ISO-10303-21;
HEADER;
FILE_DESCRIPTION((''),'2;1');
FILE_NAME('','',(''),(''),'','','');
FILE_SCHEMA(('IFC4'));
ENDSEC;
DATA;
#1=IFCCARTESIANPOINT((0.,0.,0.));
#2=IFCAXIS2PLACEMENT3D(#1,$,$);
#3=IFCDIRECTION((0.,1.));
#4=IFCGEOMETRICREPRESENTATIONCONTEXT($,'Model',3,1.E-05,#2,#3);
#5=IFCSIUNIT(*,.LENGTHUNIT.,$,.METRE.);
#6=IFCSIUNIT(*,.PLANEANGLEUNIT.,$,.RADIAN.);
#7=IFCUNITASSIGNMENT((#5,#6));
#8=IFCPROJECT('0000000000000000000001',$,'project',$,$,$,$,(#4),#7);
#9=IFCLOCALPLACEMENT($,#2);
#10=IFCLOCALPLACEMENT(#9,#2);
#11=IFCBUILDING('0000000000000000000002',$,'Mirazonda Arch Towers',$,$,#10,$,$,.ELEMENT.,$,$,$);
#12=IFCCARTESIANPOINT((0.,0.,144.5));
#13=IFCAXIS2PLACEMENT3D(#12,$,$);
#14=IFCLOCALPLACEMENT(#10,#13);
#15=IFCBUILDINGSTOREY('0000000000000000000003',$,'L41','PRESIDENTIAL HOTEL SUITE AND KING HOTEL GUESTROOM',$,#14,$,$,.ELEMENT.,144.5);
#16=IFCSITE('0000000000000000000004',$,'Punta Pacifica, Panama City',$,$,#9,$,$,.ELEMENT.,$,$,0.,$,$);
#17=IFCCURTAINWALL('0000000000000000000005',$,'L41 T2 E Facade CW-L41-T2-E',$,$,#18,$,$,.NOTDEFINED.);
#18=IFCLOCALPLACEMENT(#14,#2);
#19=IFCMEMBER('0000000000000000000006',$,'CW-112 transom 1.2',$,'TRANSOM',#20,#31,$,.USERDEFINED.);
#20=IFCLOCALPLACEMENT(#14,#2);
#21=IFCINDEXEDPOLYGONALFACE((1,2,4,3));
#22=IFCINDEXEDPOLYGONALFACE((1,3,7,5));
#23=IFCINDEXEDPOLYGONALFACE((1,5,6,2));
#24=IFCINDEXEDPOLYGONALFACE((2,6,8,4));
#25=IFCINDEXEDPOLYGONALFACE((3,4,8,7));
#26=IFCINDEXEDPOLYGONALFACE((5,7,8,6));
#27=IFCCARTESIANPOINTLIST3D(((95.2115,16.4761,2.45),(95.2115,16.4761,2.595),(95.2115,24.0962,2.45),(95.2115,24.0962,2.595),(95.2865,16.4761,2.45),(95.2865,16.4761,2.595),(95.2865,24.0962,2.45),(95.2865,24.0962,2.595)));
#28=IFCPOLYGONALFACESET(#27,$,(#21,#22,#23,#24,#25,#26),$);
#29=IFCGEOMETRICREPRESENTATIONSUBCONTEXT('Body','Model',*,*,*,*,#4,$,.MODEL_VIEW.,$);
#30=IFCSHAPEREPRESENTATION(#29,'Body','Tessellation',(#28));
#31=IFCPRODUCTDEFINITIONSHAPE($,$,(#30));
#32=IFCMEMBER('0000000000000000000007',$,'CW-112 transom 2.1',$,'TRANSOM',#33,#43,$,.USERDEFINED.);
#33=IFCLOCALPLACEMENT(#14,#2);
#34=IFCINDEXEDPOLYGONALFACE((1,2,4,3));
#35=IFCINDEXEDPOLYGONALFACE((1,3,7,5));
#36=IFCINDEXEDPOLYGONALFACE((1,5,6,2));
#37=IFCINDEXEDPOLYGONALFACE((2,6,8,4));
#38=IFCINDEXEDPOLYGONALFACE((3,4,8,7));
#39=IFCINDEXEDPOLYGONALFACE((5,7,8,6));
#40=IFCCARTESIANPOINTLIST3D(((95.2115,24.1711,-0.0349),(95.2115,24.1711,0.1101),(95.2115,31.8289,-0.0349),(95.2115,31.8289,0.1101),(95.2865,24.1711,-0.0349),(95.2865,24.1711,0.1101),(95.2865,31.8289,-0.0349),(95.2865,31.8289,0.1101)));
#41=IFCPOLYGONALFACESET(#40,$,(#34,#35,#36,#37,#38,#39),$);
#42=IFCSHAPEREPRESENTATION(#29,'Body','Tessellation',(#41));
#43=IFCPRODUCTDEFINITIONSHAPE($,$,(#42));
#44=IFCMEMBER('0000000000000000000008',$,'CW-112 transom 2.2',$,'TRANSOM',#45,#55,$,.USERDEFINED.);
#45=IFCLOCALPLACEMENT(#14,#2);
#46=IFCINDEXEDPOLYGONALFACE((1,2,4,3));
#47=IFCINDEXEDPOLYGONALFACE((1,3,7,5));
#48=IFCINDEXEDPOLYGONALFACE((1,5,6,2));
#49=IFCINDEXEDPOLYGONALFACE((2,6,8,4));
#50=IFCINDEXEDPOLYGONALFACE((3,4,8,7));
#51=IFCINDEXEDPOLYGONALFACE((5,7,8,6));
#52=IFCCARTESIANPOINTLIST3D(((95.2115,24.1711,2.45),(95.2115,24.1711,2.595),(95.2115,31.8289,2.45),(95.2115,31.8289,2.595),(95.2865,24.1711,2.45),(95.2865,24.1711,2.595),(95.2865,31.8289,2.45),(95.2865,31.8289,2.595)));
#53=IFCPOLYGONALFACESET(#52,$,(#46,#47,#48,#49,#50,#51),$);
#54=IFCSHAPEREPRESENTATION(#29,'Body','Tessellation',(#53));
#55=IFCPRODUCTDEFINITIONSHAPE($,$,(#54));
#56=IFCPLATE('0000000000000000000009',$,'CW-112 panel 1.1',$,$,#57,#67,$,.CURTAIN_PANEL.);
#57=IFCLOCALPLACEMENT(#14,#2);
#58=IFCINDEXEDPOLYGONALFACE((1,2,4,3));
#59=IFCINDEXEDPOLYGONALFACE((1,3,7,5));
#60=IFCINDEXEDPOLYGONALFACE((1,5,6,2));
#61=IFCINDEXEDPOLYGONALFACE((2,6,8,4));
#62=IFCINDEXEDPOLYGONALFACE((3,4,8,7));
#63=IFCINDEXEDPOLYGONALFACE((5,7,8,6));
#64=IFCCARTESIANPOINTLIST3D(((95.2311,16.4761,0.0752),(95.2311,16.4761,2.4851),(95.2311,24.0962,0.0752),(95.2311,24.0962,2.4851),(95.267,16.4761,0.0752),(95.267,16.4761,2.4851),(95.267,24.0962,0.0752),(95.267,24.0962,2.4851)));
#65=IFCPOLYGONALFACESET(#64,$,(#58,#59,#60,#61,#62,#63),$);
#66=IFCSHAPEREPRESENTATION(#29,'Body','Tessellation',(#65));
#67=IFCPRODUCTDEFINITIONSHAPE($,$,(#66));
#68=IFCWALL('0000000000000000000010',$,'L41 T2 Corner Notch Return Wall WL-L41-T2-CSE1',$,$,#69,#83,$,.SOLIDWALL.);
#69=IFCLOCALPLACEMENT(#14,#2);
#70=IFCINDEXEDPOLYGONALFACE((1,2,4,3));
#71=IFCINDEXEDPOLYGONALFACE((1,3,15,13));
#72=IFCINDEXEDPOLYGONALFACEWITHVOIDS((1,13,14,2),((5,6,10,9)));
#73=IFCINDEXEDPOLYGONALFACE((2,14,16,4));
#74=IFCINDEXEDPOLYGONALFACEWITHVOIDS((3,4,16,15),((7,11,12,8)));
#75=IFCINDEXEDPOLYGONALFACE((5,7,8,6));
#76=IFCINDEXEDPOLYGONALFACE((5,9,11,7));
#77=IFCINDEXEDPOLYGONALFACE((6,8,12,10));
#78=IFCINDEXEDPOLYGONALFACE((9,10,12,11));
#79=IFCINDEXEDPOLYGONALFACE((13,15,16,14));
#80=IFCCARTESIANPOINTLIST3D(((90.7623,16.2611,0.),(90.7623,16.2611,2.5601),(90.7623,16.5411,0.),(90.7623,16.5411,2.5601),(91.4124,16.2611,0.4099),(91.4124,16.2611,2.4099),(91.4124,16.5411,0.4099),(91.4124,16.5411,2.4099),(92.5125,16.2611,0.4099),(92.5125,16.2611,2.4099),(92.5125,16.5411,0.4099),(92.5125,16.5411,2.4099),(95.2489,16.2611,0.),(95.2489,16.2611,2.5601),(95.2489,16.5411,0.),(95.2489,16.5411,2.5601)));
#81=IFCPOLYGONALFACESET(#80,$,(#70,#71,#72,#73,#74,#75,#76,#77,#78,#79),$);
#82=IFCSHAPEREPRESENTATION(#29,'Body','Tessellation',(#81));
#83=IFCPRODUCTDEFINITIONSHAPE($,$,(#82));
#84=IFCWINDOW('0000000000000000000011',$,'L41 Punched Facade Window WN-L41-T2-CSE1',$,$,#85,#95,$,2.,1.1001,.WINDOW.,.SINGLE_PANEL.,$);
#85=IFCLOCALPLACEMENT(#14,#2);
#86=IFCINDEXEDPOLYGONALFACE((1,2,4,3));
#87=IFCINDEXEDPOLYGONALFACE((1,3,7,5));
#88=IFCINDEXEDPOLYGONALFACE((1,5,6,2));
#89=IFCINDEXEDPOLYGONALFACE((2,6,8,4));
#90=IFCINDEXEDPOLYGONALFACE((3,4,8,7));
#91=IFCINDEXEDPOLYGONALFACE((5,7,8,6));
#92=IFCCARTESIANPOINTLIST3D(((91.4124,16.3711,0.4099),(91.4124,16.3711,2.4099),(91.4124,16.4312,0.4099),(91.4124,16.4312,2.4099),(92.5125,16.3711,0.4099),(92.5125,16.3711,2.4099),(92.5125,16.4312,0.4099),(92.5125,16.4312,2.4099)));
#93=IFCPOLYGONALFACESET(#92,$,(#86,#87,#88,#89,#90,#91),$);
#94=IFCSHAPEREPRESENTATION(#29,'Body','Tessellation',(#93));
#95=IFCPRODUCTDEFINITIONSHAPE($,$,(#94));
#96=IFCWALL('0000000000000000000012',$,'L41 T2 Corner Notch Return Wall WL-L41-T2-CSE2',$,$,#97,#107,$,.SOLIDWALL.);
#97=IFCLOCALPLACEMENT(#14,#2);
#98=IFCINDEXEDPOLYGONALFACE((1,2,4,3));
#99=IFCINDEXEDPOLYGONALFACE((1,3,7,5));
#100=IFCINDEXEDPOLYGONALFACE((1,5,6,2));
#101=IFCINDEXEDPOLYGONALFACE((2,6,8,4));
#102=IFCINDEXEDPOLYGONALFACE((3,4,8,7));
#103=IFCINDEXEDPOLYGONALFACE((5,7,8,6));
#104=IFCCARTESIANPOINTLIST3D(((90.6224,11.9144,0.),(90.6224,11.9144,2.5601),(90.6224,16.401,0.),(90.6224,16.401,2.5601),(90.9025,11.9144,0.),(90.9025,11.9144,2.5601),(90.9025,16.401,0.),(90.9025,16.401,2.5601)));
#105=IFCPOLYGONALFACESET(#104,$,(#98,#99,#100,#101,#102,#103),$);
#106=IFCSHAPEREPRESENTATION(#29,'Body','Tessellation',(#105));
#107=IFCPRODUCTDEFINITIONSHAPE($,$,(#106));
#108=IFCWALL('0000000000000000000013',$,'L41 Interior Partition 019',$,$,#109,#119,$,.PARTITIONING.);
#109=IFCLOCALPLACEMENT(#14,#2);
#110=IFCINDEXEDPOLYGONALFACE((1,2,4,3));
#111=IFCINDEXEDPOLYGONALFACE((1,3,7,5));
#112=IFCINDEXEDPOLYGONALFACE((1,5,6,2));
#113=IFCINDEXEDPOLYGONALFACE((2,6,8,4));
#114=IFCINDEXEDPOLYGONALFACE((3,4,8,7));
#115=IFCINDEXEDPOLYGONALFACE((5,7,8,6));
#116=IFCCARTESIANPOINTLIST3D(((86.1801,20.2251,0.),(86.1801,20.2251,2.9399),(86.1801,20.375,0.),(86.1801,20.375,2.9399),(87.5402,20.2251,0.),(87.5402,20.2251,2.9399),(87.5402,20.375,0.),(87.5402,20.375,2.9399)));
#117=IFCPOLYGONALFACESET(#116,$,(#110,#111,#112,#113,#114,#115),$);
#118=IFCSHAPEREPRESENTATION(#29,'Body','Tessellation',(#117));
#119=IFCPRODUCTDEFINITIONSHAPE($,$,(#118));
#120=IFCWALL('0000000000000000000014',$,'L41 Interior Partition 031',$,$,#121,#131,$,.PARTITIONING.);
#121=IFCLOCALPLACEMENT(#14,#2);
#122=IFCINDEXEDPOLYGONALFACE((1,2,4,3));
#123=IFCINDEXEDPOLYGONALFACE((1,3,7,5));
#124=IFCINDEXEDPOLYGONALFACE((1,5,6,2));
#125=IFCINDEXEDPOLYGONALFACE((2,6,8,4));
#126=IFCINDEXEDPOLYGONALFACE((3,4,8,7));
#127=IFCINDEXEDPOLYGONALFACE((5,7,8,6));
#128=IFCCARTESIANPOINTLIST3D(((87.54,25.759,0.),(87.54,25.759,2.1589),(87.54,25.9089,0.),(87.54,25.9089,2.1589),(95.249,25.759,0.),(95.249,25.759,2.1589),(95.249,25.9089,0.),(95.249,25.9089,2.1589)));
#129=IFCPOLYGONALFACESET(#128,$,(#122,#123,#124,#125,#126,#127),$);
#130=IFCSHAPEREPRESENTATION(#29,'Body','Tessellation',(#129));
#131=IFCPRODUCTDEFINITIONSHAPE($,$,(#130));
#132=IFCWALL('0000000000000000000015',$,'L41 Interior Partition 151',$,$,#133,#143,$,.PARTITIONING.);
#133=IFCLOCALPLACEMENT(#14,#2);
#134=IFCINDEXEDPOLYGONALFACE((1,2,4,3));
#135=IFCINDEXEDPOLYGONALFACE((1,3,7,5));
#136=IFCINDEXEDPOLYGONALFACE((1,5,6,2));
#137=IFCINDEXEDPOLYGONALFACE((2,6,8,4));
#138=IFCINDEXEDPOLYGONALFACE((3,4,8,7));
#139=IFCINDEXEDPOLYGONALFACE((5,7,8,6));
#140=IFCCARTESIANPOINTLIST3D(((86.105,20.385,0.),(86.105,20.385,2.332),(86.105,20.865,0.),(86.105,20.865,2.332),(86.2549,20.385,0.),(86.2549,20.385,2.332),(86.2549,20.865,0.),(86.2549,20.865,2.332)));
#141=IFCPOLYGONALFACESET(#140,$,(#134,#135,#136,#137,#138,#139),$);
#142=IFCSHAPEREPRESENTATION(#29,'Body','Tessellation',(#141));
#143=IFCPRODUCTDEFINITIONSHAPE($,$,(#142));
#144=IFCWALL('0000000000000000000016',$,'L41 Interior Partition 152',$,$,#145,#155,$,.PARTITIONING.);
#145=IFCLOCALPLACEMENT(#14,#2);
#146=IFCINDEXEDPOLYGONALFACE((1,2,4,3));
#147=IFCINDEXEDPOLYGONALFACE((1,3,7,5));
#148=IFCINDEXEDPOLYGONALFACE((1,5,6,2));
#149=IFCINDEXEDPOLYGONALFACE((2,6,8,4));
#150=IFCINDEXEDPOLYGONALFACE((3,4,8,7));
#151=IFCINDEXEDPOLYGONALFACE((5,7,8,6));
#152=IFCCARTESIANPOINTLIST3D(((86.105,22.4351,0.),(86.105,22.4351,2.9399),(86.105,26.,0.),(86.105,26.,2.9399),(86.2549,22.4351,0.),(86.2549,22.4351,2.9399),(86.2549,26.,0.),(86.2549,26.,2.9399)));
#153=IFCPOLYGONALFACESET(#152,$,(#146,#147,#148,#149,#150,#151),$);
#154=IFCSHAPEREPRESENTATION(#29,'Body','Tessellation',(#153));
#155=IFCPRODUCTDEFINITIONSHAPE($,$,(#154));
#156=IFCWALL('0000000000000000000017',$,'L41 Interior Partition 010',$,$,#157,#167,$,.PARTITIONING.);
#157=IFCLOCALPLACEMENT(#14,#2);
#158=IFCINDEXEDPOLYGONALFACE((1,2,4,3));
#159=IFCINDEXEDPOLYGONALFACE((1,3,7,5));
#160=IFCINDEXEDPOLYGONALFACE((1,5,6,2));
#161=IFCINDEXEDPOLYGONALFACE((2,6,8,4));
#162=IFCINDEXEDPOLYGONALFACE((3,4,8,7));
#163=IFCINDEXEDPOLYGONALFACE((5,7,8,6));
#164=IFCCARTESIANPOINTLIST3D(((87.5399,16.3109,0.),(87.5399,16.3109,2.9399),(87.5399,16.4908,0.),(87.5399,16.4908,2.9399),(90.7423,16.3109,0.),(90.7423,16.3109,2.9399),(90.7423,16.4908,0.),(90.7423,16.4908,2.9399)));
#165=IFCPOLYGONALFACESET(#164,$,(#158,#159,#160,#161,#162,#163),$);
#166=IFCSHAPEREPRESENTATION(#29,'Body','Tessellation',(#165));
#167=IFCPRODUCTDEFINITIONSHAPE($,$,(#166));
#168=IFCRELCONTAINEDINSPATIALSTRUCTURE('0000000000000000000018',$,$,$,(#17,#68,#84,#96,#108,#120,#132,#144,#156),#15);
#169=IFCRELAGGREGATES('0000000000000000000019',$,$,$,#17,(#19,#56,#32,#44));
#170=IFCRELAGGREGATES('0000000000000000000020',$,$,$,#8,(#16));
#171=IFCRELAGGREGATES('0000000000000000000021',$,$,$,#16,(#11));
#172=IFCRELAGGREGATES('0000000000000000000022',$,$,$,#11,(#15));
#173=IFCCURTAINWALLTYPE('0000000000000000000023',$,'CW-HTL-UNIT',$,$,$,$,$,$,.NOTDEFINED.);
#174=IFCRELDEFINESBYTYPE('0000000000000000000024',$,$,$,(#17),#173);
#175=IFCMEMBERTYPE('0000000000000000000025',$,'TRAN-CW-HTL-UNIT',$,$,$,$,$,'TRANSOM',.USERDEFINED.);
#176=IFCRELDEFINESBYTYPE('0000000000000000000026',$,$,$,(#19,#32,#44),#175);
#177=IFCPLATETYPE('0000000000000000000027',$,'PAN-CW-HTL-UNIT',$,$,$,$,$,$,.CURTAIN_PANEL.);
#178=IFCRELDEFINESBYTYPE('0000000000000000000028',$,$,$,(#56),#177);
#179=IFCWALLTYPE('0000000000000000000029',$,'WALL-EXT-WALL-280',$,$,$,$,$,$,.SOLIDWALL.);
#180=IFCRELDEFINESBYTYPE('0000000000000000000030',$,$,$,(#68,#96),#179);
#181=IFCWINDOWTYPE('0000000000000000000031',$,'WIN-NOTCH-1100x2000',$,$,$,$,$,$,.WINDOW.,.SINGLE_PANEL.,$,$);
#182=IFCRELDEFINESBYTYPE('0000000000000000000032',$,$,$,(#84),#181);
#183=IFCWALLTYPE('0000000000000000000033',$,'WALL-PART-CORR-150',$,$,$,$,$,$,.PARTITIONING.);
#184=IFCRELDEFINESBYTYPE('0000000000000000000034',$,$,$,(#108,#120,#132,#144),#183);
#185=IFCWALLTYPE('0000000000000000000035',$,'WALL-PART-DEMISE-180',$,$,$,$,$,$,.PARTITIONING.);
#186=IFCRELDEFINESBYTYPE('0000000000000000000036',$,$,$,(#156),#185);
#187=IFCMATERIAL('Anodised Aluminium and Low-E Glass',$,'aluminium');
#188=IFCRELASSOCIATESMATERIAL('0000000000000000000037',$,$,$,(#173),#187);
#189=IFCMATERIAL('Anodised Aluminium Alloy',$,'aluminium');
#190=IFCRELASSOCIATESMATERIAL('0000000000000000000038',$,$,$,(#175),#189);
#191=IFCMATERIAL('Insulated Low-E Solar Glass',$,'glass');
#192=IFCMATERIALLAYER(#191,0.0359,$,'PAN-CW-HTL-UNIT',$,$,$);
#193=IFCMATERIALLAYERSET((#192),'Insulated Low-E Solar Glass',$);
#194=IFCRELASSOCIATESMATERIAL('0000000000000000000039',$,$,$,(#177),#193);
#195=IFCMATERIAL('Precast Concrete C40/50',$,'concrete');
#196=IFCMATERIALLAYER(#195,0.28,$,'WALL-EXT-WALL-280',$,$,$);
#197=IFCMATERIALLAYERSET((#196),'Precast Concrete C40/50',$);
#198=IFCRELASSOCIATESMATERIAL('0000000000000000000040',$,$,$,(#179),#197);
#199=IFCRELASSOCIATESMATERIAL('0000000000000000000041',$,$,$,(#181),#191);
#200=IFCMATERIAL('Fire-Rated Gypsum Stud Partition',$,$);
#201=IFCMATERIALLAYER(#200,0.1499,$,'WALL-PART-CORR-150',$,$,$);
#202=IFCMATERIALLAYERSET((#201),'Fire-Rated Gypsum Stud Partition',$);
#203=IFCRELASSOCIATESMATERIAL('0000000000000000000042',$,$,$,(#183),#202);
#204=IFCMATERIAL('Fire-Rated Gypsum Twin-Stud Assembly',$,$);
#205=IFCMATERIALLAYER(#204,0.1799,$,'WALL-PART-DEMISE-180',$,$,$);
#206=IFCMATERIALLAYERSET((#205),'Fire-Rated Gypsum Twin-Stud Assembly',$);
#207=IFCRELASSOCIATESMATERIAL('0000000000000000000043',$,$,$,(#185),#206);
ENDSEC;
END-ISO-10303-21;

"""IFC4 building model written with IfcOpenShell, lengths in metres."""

from ifc_helpers import new_model, si_unit, direction, frame, frame_2d, origin, origin_2d, place, context, subcontext, project, spatial, rectangle, extrude, material, layer, layer_set, material_profile, profile_set, type_object, element, fill, aggregate, save


model = new_model("IFC4")

# Units and contexts
model_context = context("Model", 3, precision=1e-05, world=origin(), true_north=direction((0.0, 1.0)))
body_context = subcontext(model_context, "Body", "Model", "MODEL_VIEW")
ifc_project = project(units=[si_unit("LENGTHUNIT", "METRE"), si_unit("PLANEANGLEUNIT", "RADIAN")], contexts=[model_context])

# Site, building, storey
site_placement = place(None, origin())
site = spatial("IfcSite", under=ifc_project, at=site_placement, Name="Punta Pacifica, Panama City", CompositionType="ELEMENT", RefElevation=0.0)
building_placement = place(site_placement, origin())
building = spatial("IfcBuilding", under=site, at=building_placement, Name="Mirazonda Arch Towers", CompositionType="ELEMENT")
storey_placement = place(building_placement, frame((0.0, 0.0, 144.5)))
storey = spatial("IfcBuildingStorey", under=building, at=storey_placement, Name="L41", Description="PRESIDENTIAL HOTEL SUITE AND KING HOTEL GUESTROOM", CompositionType="ELEMENT", Elevation=144.5)

# Shared definitions
ifc_material_1 = material(Name="Anodised Aluminium and Low-E Glass", Category="aluminium")
curtain_wall_type = type_object("IfcCurtainWallType", Name="CW-HTL-UNIT", PredefinedType="NOTDEFINED", material=ifc_material_1)
ifc_material_2 = material(Name="Anodised Aluminium Alloy", Category="aluminium")

# Curtain wall
curtain_wall_1_placement = place(storey_placement, origin())
curtain_wall_1 = element("IfcCurtainWall", 1, at=curtain_wall_1_placement, inside=storey, type_object=curtain_wall_type, Name="L41 T2 E Facade CW-L41-T2-E", PredefinedType="NOTDEFINED")

# Members
ifc_material_profile_1 = material_profile(ifc_material_2, rectangle(XDim=0.075, YDim=0.145, at=origin_2d()), Name="ALU-TRAN-75x145")
ifc_profile_set_1 = profile_set([ifc_material_profile_1], Name="Anodised Aluminium Alloy")
member_type_1 = type_object("IfcMemberType", Name="TRAN-CW-HTL-UNIT", ElementType="TRANSOM", PredefinedType="USERDEFINED", material=ifc_profile_set_1)
member_1_placement = place(storey_placement, frame((95.249, 16.4761, 2.5225), z_axis=(0.0, 1.0, 0.0), x_axis=(-1.0, 0.0, 0.0)))
member_1 = element("IfcMember", 2, at=member_1_placement, type_object=member_type_1, Name="CW-112 transom 1.2", ObjectType="TRANSOM", PredefinedType="USERDEFINED", context=body_context, shape_type="SweptSolid", body=[
    extrude(rectangle(XDim=0.075, YDim=0.145, at=origin_2d()), origin(), (0.0, 0.0, 1.0), 7.6201),
])
member_2_placement = place(storey_placement, frame((95.249, 24.1711, 0.0376), z_axis=(0.0, 1.0, 0.0), x_axis=(-1.0, 0.0, 0.0)))
member_2 = element("IfcMember", 3, at=member_2_placement, type_object=member_type_1, Name="CW-112 transom 2.1", ObjectType="TRANSOM", PredefinedType="USERDEFINED", context=body_context, shape_type="SweptSolid", body=[
    extrude(rectangle(XDim=0.075, YDim=0.145, at=origin_2d()), origin(), (0.0, 0.0, 1.0), 7.6577),
])
member_3_placement = place(storey_placement, frame((95.249, 24.1711, 2.5225), z_axis=(0.0, 1.0, 0.0), x_axis=(-1.0, 0.0, 0.0)))
member_3 = element("IfcMember", 4, at=member_3_placement, type_object=member_type_1, Name="CW-112 transom 2.2", ObjectType="TRANSOM", PredefinedType="USERDEFINED", context=body_context, shape_type="SweptSolid", body=[
    extrude(rectangle(XDim=0.075, YDim=0.145, at=origin_2d()), origin(), (0.0, 0.0, 1.0), 7.6577),
])

# Plate
ifc_material_3 = material(Name="Insulated Low-E Solar Glass", Category="glass")
ifc_layer_1 = layer(ifc_material_3, 0.0359, Name="PAN-CW-HTL-UNIT")
ifc_layer_set_1 = layer_set([ifc_layer_1], Name="Insulated Low-E Solar Glass")
plate_type = type_object("IfcPlateType", Name="PAN-CW-HTL-UNIT", PredefinedType="CURTAIN_PANEL", material=ifc_layer_set_1)
plate_placement = place(storey_placement, frame((95.249, 20.2861, 0.0752), z_axis=(0.0, 0.0, 1.0), x_axis=(0.0, 1.0, 0.0)))
plate = element("IfcPlate", 5, at=plate_placement, type_object=plate_type, Name="CW-112 panel 1.1", PredefinedType="CURTAIN_PANEL", context=body_context, shape_type="SweptSolid", body=[
    extrude(rectangle(XDim=7.6201, YDim=0.0359, at=origin_2d()), origin(), (0.0, 0.0, 1.0), 2.4099),
])
aggregate(curtain_wall_1, [member_1, plate, member_2, member_3])

# Wall, opening, window
ifc_material_4 = material(Name="Precast Concrete C40/50", Category="concrete")
ifc_layer_2 = layer(ifc_material_4, 0.28, Name="WALL-EXT-WALL-280")
ifc_layer_set_2 = layer_set([ifc_layer_2], Name="Precast Concrete C40/50")
wall_type_1 = type_object("IfcWallType", Name="WALL-EXT-WALL-280", PredefinedType="SOLIDWALL", material=ifc_layer_set_2)
wall_1_placement = place(storey_placement, frame((90.7625, 16.4011, 0.0), z_axis=(0.0, 0.0, 1.0), x_axis=(1.0, 0.0, 0.0)))
wall_1 = element("IfcWall", 6, at=wall_1_placement, inside=storey, type_object=wall_type_1, Name="L41 T2 Corner Notch Return Wall WL-L41-T2-CSE1", PredefinedType="SOLIDWALL", context=body_context, shape_type="SweptSolid", body=[
    extrude(rectangle(XDim=4.4866, YDim=0.28, at=frame_2d((2.2432, 0.0))), origin(), (0.0, 0.0, 1.0), 2.5601),
])
opening_1_placement = place(wall_1_placement, frame((0.6499, 0.0, 0.4099)))
opening_1 = element("IfcOpeningElement", 7, at=opening_1_placement, cuts=wall_1, PredefinedType="OPENING", context=body_context, shape_type="SweptSolid", body=[
    extrude(rectangle(XDim=1.1001, YDim=2.0, at=frame_2d((0.55, 1.0))), frame((0.0, 0.1499, 0.0), z_axis=(0.0, -1.0, 0.0), x_axis=(1.0, 0.0, 0.0)), (0.0, 0.0, 1.0), 0.3),
])
window_type = type_object("IfcWindowType", Name="WIN-NOTCH-1100x2000", PartitioningType="SINGLE_PANEL", PredefinedType="WINDOW", material=ifc_material_3)
window_placement = place(opening_1_placement, origin())
window = element("IfcWindow", 8, at=window_placement, inside=storey, type_object=window_type, Name="L41 Punched Facade Window WN-L41-T2-CSE1", OverallHeight=2.0, OverallWidth=1.1001, PartitioningType="SINGLE_PANEL", PredefinedType="WINDOW", context=body_context, shape_type="SweptSolid", body=[
    extrude(rectangle(XDim=1.1001, YDim=2.0, at=frame_2d((0.55, 1.0))), frame((0.0, 0.03, 0.0), z_axis=(0.0, -1.0, 0.0), x_axis=(1.0, 0.0, 0.0)), (0.0, 0.0, 1.0), 0.0601),
])
fill(opening_1, window)

# Walls
wall_2_placement = place(storey_placement, frame((90.7625, 11.9146, 0.0), z_axis=(0.0, 0.0, 1.0), x_axis=(0.0, 1.0, 0.0)))
element("IfcWall", 9, at=wall_2_placement, inside=storey, type_object=wall_type_1, Name="L41 T2 Corner Notch Return Wall WL-L41-T2-CSE2", PredefinedType="SOLIDWALL", context=body_context, shape_type="SweptSolid", body=[
    extrude(rectangle(XDim=4.4866, YDim=0.28, at=frame_2d((2.2432, 0.0))), origin(), (0.0, 0.0, 1.0), 2.5601),
])
ifc_material_5 = material(Name="Fire-Rated Gypsum Stud Partition")
ifc_layer_3 = layer(ifc_material_5, 0.1499, Name="WALL-PART-CORR-150")
ifc_layer_set_3 = layer_set([ifc_layer_3], Name="Fire-Rated Gypsum Stud Partition")
wall_type_2 = type_object("IfcWallType", Name="WALL-PART-CORR-150", PredefinedType="PARTITIONING", material=ifc_layer_set_3)
wall_3_placement = place(storey_placement, frame((86.1799, 20.3, 0.0), z_axis=(0.0, 0.0, 1.0), x_axis=(1.0, 0.0, 0.0)))
element("IfcWall", 10, at=wall_3_placement, inside=storey, type_object=wall_type_2, Name="L41 Interior Partition 019", PredefinedType="PARTITIONING", context=body_context, shape_type="SweptSolid", body=[
    extrude(rectangle(XDim=1.3601, YDim=0.1499, at=frame_2d((0.6802, 0.0))), origin(), (0.0, 0.0, 1.0), 2.9399),
])
wall_4_placement = place(storey_placement, frame((87.54, 25.834, 0.0), z_axis=(0.0, 0.0, 1.0), x_axis=(1.0, 0.0, 0.0)))
element("IfcWall", 11, at=wall_4_placement, inside=storey, type_object=wall_type_2, Name="L41 Interior Partition 031", PredefinedType="PARTITIONING", context=body_context, shape_type="SweptSolid", body=[
    extrude(rectangle(XDim=7.709, YDim=0.1499, at=frame_2d((3.8545, 0.0))), origin(), (0.0, 0.0, 1.0), 2.1589),
])
wall_5_placement = place(storey_placement, frame((86.1799, 20.385, 0.0), z_axis=(0.0, 0.0, 1.0), x_axis=(0.0, 1.0, 0.0)))
element("IfcWall", 12, at=wall_5_placement, inside=storey, type_object=wall_type_2, Name="L41 Interior Partition 151", PredefinedType="PARTITIONING", context=body_context, shape_type="SweptSolid", body=[
    extrude(rectangle(XDim=0.48, YDim=0.1499, at=frame_2d((0.24, 0.0))), origin(), (0.0, 0.0, 1.0), 2.332),
])
wall_6_placement = place(storey_placement, frame((86.1799, 22.4351, 0.0), z_axis=(0.0, 0.0, 1.0), x_axis=(0.0, 1.0, 0.0)))
element("IfcWall", 13, at=wall_6_placement, inside=storey, type_object=wall_type_2, Name="L41 Interior Partition 152", PredefinedType="PARTITIONING", context=body_context, shape_type="SweptSolid", body=[
    extrude(rectangle(XDim=3.5649, YDim=0.1499, at=frame_2d((1.7825, 0.0))), origin(), (0.0, 0.0, 1.0), 2.9399),
])
ifc_material_6 = material(Name="Fire-Rated Gypsum Twin-Stud Assembly")
ifc_layer_4 = layer(ifc_material_6, 0.1799, Name="WALL-PART-DEMISE-180")
ifc_layer_set_4 = layer_set([ifc_layer_4], Name="Fire-Rated Gypsum Twin-Stud Assembly")
wall_type_3 = type_object("IfcWallType", Name="WALL-PART-DEMISE-180", PredefinedType="PARTITIONING", material=ifc_layer_set_4)
wall_7_placement = place(storey_placement, frame((87.54, 16.4009, 0.0), z_axis=(0.0, 0.0, 1.0), x_axis=(1.0, 0.0, 0.0)))
element("IfcWall", 14, at=wall_7_placement, inside=storey, type_object=wall_type_3, Name="L41 Interior Partition 010", PredefinedType="PARTITIONING", context=body_context, shape_type="SweptSolid", body=[
    extrude(rectangle(XDim=3.2024, YDim=0.1799, at=frame_2d((1.6011, 0.0))), origin(), (0.0, 0.0, 1.0), 2.9399),
])

save(model, "model.ifc")
